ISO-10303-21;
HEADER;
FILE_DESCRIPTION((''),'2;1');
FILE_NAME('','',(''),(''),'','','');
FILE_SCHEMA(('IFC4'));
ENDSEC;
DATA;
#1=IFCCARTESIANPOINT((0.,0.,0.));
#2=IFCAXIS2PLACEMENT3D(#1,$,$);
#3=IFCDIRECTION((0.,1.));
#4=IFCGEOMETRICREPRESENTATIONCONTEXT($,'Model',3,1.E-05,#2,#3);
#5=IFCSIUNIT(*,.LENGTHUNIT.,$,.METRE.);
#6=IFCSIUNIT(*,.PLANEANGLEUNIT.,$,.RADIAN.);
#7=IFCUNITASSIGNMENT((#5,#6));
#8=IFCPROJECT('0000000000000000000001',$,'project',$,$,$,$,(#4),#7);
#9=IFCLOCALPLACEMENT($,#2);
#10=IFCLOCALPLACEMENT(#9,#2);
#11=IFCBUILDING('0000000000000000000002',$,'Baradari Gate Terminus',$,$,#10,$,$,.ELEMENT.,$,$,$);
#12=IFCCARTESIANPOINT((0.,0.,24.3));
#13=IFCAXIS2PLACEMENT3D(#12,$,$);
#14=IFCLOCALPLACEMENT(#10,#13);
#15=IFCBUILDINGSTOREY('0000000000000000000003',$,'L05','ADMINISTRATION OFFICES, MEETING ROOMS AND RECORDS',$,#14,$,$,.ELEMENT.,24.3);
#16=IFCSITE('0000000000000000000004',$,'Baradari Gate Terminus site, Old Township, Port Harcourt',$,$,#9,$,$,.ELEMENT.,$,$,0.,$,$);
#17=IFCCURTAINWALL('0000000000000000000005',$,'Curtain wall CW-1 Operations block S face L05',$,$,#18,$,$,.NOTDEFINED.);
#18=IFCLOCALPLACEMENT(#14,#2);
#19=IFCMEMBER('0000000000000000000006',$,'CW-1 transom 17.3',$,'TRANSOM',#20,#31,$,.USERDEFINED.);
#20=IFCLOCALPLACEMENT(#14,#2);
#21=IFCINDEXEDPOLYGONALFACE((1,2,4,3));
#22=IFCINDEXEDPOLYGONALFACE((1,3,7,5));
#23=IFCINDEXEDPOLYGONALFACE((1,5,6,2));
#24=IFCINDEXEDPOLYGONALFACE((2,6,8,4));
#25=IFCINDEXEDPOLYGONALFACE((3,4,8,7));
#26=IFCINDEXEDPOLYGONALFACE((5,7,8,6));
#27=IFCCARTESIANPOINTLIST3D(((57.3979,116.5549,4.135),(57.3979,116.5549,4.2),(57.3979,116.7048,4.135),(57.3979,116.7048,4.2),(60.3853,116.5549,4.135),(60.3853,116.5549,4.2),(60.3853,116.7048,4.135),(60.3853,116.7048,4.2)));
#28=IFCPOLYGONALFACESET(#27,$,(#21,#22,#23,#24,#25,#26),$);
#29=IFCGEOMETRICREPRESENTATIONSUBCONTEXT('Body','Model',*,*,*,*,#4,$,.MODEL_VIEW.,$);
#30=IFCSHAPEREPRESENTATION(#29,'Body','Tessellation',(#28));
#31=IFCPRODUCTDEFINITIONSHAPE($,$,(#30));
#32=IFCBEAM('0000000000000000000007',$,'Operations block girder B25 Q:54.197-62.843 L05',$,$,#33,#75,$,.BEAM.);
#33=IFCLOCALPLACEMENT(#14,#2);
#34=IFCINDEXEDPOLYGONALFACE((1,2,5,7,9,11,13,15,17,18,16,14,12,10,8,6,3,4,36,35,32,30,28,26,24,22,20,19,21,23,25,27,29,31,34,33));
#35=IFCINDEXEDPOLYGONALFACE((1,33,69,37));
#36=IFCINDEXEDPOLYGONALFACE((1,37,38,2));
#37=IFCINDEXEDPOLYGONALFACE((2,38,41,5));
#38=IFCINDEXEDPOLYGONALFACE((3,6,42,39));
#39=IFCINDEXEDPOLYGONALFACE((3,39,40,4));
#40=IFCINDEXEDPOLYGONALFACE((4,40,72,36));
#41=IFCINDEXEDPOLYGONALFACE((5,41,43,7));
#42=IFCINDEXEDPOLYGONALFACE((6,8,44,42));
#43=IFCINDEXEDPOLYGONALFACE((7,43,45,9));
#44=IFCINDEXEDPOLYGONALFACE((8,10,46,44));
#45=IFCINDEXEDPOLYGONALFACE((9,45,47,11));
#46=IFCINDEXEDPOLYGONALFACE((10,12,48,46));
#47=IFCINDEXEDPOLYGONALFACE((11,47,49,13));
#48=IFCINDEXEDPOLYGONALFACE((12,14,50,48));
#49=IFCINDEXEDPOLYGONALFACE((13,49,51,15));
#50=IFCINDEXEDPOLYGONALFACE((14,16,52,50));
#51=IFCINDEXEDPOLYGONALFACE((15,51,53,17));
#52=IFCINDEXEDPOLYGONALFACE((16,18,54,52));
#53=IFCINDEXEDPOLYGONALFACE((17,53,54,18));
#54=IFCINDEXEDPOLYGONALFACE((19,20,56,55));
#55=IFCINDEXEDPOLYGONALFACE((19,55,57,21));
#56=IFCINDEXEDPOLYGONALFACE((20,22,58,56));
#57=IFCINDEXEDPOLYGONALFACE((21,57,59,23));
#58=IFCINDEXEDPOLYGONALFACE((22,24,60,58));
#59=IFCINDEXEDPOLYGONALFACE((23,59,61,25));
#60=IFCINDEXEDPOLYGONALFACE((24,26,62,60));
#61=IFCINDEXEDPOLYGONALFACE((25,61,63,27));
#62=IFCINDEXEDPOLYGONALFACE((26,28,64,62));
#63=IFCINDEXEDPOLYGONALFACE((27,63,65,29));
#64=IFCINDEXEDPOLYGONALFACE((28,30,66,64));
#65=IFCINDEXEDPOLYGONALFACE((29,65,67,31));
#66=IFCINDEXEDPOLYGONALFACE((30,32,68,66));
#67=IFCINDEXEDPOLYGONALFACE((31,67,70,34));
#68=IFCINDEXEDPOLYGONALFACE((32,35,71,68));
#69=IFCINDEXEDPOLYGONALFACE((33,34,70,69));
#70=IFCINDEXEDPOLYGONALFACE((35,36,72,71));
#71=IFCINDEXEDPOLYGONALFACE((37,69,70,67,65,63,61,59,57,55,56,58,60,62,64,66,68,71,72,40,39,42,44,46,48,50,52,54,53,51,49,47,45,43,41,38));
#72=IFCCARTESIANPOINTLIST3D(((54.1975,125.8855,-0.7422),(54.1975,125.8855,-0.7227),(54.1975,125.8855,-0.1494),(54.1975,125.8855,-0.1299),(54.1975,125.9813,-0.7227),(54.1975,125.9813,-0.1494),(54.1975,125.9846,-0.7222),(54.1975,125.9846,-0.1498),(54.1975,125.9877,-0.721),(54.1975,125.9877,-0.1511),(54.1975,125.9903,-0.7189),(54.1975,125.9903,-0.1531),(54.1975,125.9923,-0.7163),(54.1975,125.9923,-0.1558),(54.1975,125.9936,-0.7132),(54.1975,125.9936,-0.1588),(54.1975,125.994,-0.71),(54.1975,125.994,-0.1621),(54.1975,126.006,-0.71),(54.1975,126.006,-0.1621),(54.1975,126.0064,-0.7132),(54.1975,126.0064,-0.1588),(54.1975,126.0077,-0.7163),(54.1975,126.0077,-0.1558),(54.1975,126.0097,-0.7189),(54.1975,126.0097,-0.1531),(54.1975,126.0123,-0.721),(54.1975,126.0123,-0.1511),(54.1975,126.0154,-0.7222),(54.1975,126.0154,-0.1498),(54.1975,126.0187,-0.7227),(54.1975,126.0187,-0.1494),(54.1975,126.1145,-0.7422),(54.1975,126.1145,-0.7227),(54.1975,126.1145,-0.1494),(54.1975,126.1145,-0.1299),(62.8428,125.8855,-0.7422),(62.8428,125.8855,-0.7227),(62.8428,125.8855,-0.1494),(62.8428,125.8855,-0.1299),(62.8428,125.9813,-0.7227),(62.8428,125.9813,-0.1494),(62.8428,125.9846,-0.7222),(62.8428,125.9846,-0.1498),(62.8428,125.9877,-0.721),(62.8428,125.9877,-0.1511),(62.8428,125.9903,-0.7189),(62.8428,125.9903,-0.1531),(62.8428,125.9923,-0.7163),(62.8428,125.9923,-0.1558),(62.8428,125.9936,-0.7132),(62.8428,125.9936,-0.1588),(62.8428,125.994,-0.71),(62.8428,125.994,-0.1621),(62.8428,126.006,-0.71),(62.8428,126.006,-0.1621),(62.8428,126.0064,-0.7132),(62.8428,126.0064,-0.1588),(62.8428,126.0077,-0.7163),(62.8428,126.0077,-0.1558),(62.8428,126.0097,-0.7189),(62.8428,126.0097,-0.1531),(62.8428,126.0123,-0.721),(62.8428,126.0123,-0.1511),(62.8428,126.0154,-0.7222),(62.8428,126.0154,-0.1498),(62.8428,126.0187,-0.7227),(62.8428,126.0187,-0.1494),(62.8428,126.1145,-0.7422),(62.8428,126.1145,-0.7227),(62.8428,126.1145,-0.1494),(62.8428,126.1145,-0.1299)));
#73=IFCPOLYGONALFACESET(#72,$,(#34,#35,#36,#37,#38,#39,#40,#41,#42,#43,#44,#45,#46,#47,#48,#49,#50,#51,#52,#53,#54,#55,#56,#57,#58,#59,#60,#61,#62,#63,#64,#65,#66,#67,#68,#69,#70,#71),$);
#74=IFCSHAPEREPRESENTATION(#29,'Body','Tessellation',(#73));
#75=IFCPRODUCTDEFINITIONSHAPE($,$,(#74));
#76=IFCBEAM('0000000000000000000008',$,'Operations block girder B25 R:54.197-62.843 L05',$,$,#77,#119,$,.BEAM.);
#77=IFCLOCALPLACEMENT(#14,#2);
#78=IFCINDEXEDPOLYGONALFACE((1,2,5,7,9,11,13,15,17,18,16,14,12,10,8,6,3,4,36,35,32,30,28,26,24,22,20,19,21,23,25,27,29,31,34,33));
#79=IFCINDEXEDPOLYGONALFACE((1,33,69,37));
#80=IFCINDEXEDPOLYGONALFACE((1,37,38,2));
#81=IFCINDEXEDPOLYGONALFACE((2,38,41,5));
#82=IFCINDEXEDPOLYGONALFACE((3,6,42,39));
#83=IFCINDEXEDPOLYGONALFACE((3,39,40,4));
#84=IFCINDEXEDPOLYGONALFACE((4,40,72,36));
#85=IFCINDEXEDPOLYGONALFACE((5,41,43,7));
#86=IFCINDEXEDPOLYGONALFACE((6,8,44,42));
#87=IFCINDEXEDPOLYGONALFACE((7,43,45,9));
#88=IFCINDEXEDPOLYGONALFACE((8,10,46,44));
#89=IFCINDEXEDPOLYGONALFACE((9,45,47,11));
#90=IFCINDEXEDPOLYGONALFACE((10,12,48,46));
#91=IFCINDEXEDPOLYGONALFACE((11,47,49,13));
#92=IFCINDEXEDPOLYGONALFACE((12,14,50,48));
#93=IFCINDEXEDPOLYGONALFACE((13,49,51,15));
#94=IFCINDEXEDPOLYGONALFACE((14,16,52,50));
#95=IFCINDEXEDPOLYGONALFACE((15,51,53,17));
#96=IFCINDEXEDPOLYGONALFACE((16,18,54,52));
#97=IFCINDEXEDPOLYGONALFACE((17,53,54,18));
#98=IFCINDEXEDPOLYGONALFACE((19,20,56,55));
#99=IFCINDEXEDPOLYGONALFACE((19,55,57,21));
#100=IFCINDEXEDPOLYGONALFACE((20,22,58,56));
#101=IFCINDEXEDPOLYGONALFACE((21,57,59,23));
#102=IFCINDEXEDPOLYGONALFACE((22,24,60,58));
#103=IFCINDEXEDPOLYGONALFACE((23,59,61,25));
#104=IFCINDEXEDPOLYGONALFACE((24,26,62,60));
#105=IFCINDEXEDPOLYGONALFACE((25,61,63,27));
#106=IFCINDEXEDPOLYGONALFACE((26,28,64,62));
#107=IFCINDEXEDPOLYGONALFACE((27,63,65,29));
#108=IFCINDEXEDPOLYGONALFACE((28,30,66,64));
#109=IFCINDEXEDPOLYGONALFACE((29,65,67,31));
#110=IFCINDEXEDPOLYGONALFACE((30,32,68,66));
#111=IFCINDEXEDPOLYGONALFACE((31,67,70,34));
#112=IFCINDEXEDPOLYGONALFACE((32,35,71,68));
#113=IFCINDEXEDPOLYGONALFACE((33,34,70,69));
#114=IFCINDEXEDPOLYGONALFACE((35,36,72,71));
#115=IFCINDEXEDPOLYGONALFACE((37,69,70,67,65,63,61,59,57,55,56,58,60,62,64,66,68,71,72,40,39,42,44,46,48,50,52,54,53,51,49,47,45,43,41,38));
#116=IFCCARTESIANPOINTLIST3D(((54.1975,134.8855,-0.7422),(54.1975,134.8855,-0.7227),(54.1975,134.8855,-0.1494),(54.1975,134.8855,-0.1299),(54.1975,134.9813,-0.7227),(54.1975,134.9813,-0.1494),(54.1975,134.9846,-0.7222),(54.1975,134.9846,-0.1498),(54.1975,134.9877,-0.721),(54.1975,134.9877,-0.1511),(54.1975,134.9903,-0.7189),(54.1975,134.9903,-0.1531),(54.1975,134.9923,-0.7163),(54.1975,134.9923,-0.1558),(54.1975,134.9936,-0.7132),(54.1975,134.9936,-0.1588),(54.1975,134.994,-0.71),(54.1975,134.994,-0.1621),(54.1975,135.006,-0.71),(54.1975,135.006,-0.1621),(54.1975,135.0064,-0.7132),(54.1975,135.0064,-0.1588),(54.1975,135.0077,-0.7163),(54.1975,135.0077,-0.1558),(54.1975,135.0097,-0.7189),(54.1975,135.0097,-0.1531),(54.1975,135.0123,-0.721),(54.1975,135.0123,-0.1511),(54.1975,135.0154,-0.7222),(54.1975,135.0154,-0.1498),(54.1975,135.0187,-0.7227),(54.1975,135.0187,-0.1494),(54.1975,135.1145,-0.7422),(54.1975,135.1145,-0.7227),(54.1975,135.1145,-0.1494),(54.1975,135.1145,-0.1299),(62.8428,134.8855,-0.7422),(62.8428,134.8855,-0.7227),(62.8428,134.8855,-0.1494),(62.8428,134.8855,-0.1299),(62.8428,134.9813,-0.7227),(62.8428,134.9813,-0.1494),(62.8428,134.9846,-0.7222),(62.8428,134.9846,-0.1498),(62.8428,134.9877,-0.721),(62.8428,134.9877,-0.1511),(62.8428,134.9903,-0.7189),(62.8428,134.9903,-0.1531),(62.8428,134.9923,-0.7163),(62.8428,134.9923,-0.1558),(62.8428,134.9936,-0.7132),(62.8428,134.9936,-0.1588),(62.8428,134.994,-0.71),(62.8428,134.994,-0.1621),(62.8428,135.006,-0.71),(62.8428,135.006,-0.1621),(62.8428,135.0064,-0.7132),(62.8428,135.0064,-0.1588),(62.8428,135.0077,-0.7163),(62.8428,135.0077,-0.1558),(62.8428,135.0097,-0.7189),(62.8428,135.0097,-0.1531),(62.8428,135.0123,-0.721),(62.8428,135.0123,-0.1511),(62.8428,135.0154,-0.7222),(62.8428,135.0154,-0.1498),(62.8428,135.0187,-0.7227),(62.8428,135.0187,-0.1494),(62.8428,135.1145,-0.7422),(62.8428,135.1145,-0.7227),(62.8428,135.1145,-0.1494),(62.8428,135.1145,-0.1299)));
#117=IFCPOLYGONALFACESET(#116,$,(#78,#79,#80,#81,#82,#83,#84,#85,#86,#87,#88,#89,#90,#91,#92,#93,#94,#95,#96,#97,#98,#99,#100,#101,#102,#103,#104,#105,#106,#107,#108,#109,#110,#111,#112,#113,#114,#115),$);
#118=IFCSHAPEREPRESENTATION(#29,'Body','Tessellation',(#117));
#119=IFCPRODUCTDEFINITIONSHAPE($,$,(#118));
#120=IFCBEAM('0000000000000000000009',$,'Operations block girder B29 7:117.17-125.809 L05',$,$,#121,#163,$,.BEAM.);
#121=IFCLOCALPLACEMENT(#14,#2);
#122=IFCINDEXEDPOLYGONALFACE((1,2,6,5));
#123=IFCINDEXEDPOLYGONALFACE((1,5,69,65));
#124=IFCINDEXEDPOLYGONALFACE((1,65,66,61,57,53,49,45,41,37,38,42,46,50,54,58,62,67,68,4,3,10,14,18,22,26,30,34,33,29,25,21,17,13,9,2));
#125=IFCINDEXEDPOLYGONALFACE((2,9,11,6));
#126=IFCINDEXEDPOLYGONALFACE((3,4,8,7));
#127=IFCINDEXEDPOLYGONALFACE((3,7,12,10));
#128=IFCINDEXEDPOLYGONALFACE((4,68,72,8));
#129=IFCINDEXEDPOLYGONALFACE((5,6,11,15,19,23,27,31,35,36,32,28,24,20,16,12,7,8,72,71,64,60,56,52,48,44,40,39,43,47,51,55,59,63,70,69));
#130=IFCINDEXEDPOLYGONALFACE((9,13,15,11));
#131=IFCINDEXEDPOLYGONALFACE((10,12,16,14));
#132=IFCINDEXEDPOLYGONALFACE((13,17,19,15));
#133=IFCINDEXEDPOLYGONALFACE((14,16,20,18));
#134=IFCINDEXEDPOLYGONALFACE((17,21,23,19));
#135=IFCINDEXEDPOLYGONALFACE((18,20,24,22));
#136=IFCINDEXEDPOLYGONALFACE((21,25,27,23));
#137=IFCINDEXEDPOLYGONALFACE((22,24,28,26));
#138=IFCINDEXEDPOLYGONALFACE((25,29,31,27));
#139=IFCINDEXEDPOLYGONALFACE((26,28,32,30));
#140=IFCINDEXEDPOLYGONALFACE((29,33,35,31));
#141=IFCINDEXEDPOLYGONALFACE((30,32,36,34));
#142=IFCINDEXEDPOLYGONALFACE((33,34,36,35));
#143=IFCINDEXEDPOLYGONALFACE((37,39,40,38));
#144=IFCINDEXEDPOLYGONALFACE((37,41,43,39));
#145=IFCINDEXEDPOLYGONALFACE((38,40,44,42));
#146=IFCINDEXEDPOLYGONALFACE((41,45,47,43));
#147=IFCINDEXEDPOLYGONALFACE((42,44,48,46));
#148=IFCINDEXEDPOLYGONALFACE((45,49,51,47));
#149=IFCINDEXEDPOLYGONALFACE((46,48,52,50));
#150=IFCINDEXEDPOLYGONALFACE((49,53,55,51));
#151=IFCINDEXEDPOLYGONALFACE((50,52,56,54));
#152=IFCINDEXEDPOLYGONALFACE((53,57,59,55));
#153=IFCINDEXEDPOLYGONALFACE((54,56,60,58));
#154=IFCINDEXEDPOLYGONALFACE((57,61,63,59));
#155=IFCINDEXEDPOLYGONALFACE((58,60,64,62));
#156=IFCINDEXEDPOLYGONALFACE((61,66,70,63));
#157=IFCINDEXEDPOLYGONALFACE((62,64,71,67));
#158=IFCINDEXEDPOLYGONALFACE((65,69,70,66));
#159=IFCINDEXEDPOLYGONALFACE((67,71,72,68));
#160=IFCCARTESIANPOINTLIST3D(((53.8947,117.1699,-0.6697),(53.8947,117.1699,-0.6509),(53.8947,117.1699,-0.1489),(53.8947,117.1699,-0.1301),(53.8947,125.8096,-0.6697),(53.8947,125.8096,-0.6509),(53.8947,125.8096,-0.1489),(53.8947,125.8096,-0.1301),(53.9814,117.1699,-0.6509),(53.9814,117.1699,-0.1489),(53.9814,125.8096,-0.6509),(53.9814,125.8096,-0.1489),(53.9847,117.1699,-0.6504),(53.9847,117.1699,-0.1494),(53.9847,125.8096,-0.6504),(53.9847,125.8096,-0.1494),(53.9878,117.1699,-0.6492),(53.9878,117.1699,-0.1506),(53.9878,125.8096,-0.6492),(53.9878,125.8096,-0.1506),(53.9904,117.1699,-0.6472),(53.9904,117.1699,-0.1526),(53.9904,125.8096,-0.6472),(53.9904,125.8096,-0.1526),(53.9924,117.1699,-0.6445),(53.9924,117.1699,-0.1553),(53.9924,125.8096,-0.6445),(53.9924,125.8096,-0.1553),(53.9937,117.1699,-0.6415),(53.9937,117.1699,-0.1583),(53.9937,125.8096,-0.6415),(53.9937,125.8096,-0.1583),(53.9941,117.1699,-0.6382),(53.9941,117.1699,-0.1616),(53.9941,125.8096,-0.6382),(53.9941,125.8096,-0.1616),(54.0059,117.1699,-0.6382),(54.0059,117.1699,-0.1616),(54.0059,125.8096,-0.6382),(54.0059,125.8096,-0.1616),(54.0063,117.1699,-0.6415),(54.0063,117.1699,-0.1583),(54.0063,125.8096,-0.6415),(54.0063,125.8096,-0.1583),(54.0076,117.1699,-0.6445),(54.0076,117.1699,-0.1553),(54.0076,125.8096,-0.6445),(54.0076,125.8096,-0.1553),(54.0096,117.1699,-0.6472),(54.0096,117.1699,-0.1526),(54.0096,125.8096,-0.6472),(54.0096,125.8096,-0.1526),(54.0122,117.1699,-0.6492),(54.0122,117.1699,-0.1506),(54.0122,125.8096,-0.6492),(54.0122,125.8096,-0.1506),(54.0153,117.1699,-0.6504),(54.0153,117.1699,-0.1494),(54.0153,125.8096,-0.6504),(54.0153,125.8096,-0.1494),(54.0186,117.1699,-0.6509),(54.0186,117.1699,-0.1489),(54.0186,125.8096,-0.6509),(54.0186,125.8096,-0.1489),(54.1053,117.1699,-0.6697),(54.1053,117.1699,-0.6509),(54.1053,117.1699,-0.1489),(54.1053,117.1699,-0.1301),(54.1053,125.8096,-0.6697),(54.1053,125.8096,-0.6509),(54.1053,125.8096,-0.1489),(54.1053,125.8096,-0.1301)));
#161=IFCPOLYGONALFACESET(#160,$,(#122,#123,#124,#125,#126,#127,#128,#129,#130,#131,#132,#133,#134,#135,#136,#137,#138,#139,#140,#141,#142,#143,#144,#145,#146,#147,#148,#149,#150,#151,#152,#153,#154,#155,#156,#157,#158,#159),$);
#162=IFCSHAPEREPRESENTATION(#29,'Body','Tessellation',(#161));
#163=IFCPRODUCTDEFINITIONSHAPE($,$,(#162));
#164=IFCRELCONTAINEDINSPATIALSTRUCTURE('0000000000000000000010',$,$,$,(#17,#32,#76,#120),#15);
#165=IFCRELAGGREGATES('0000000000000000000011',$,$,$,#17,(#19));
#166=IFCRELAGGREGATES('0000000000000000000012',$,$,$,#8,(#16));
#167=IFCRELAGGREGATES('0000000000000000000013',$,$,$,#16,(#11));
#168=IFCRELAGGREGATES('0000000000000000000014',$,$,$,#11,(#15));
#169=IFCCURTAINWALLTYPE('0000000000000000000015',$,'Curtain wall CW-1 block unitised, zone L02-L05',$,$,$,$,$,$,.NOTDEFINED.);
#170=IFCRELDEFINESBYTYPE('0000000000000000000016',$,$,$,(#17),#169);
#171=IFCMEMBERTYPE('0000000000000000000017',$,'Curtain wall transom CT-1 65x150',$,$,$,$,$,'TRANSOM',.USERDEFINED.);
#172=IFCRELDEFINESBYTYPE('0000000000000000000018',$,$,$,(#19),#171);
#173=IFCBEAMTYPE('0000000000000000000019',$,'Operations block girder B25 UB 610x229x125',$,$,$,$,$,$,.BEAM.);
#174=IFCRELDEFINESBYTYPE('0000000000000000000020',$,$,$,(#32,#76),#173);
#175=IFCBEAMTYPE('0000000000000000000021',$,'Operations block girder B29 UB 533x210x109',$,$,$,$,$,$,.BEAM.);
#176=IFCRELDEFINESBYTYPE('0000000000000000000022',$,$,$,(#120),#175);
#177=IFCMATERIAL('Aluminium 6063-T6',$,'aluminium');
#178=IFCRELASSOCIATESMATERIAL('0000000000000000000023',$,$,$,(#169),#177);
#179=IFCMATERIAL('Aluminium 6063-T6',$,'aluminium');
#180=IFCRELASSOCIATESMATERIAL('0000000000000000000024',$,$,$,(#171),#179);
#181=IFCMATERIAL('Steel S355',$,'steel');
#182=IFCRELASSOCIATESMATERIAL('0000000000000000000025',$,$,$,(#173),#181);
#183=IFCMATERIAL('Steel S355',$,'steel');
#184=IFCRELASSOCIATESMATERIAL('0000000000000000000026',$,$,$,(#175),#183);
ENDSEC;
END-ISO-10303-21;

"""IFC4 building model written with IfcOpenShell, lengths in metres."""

from ifc_helpers import new_model, si_unit, direction, frame, origin, origin_2d, place, context, subcontext, project, spatial, rectangle, i_section, extrude, material, material_profile, profile_set, type_object, element, aggregate, save


model = new_model("IFC4")

# Units and contexts
model_context = context("Model", 3, precision=1e-05, world=origin(), true_north=direction((0.0, 1.0)))
body_context = subcontext(model_context, "Body", "Model", "MODEL_VIEW")
ifc_project = project(units=[si_unit("LENGTHUNIT", "METRE"), si_unit("PLANEANGLEUNIT", "RADIAN")], contexts=[model_context])

# Site, building, storey
site_placement = place(None, origin())
site = spatial("IfcSite", under=ifc_project, at=site_placement, Name="Baradari Gate Terminus site, Old Township, Port Harcourt", CompositionType="ELEMENT", RefElevation=0.0)
building_placement = place(site_placement, origin())
building = spatial("IfcBuilding", under=site, at=building_placement, Name="Baradari Gate Terminus", CompositionType="ELEMENT")
storey_placement = place(building_placement, frame((0.0, 0.0, 24.3)))
storey = spatial("IfcBuildingStorey", under=building, at=storey_placement, Name="L05", Description="ADMINISTRATION OFFICES, MEETING ROOMS AND RECORDS", CompositionType="ELEMENT", Elevation=24.3)

# Curtain wall, member
ifc_material_1 = material(Name="Aluminium 6063-T6", Category="aluminium")
curtain_wall_type = type_object("IfcCurtainWallType", Name="Curtain wall CW-1 block unitised, zone L02-L05", PredefinedType="NOTDEFINED", material=ifc_material_1)
curtain_wall_placement = place(storey_placement, origin())
curtain_wall = element("IfcCurtainWall", 1, at=curtain_wall_placement, inside=storey, type_object=curtain_wall_type, Name="Curtain wall CW-1 Operations block S face L05", PredefinedType="NOTDEFINED")
ifc_material_2 = material(Name="Aluminium 6063-T6", Category="aluminium")
ifc_material_profile_1 = material_profile(ifc_material_2, rectangle(XDim=0.1499, YDim=0.0649, at=origin_2d()), Name="CT-1 65X150")
ifc_profile_set_1 = profile_set([ifc_material_profile_1], Name="Aluminium 6063-T6")
member_type_1 = type_object("IfcMemberType", Name="Curtain wall transom CT-1 65x150", ElementType="TRANSOM", PredefinedType="USERDEFINED", material=ifc_profile_set_1)
member_1_placement = place(storey_placement, frame((57.3979, 116.6299, 4.1675), z_axis=(1.0, 0.0, 0.0), x_axis=(0.0, 1.0, 0.0)))
member_1 = element("IfcMember", 2, at=member_1_placement, type_object=member_type_1, Name="CW-1 transom 17.3", ObjectType="TRANSOM", PredefinedType="USERDEFINED", context=body_context, shape_type="SweptSolid", body=[
    extrude(rectangle(XDim=0.1499, YDim=0.0649, at=origin_2d()), origin(), (0.0, 0.0, 1.0), 2.9873),
])

# Beams
ifc_material_3 = material(Name="Steel S355", Category="steel")
ifc_material_profile_2 = material_profile(ifc_material_3, i_section(OverallWidth=0.229, OverallDepth=0.6123, WebThickness=0.012, FlangeThickness=0.0195, FilletRadius=0.0127, at=origin_2d()), Name="UB 610x229x125")
ifc_profile_set_2 = profile_set([ifc_material_profile_2], Name="Steel S355")
beam_type_1 = type_object("IfcBeamType", Name="Operations block girder B25 UB 610x229x125", PredefinedType="BEAM", material=ifc_profile_set_2)
for number, where, z_axis, x_axis, name in (
    (3, (54.1975, 126.0, -0.436), (1.0, 0.0, 0.0), (0.0, 1.0, 0.0), "Operations block girder B25 Q:54.197-62.843 L05"),
    (4, (54.1975, 135.0, -0.436), (1.0, 0.0, 0.0), (0.0, 1.0, 0.0), "Operations block girder B25 R:54.197-62.843 L05"),
):
    element("IfcBeam", number, at=place(storey_placement, frame(where, z_axis=z_axis, x_axis=x_axis)), inside=storey, type_object=beam_type_1, Name=name, PredefinedType="BEAM", context=body_context, shape_type="SweptSolid", body=[
        extrude(i_section(OverallWidth=0.229, OverallDepth=0.6123, WebThickness=0.012, FlangeThickness=0.0195, FilletRadius=0.0127, at=origin_2d()), origin(), (0.0, 0.0, 1.0), 8.6453),
    ])
ifc_material_4 = material(Name="Steel S355", Category="steel")
ifc_material_profile_3 = material_profile(ifc_material_4, i_section(OverallWidth=0.2107, OverallDepth=0.5396, WebThickness=0.0117, FlangeThickness=0.0188, FilletRadius=0.0127, at=origin_2d()), Name="UB 533x210x109")
ifc_profile_set_3 = profile_set([ifc_material_profile_3], Name="Steel S355")
beam_type_2 = type_object("IfcBeamType", Name="Operations block girder B29 UB 533x210x109", PredefinedType="BEAM", material=ifc_profile_set_3)
beam_1_placement = place(storey_placement, frame((54.0, 117.1699, -0.3999), z_axis=(0.0, 1.0, 0.0), x_axis=(-1.0, 0.0, 0.0)))
element("IfcBeam", 5, at=beam_1_placement, inside=storey, type_object=beam_type_2, Name="Operations block girder B29 7:117.17-125.809 L05", PredefinedType="BEAM", context=body_context, shape_type="SweptSolid", body=[
    extrude(i_section(OverallWidth=0.2107, OverallDepth=0.5396, WebThickness=0.0117, FlangeThickness=0.0188, FilletRadius=0.0127, at=origin_2d()), origin(), (0.0, 0.0, 1.0), 8.6396),
])

aggregate(curtain_wall, [member_1])

save(model, "model.ifc")
